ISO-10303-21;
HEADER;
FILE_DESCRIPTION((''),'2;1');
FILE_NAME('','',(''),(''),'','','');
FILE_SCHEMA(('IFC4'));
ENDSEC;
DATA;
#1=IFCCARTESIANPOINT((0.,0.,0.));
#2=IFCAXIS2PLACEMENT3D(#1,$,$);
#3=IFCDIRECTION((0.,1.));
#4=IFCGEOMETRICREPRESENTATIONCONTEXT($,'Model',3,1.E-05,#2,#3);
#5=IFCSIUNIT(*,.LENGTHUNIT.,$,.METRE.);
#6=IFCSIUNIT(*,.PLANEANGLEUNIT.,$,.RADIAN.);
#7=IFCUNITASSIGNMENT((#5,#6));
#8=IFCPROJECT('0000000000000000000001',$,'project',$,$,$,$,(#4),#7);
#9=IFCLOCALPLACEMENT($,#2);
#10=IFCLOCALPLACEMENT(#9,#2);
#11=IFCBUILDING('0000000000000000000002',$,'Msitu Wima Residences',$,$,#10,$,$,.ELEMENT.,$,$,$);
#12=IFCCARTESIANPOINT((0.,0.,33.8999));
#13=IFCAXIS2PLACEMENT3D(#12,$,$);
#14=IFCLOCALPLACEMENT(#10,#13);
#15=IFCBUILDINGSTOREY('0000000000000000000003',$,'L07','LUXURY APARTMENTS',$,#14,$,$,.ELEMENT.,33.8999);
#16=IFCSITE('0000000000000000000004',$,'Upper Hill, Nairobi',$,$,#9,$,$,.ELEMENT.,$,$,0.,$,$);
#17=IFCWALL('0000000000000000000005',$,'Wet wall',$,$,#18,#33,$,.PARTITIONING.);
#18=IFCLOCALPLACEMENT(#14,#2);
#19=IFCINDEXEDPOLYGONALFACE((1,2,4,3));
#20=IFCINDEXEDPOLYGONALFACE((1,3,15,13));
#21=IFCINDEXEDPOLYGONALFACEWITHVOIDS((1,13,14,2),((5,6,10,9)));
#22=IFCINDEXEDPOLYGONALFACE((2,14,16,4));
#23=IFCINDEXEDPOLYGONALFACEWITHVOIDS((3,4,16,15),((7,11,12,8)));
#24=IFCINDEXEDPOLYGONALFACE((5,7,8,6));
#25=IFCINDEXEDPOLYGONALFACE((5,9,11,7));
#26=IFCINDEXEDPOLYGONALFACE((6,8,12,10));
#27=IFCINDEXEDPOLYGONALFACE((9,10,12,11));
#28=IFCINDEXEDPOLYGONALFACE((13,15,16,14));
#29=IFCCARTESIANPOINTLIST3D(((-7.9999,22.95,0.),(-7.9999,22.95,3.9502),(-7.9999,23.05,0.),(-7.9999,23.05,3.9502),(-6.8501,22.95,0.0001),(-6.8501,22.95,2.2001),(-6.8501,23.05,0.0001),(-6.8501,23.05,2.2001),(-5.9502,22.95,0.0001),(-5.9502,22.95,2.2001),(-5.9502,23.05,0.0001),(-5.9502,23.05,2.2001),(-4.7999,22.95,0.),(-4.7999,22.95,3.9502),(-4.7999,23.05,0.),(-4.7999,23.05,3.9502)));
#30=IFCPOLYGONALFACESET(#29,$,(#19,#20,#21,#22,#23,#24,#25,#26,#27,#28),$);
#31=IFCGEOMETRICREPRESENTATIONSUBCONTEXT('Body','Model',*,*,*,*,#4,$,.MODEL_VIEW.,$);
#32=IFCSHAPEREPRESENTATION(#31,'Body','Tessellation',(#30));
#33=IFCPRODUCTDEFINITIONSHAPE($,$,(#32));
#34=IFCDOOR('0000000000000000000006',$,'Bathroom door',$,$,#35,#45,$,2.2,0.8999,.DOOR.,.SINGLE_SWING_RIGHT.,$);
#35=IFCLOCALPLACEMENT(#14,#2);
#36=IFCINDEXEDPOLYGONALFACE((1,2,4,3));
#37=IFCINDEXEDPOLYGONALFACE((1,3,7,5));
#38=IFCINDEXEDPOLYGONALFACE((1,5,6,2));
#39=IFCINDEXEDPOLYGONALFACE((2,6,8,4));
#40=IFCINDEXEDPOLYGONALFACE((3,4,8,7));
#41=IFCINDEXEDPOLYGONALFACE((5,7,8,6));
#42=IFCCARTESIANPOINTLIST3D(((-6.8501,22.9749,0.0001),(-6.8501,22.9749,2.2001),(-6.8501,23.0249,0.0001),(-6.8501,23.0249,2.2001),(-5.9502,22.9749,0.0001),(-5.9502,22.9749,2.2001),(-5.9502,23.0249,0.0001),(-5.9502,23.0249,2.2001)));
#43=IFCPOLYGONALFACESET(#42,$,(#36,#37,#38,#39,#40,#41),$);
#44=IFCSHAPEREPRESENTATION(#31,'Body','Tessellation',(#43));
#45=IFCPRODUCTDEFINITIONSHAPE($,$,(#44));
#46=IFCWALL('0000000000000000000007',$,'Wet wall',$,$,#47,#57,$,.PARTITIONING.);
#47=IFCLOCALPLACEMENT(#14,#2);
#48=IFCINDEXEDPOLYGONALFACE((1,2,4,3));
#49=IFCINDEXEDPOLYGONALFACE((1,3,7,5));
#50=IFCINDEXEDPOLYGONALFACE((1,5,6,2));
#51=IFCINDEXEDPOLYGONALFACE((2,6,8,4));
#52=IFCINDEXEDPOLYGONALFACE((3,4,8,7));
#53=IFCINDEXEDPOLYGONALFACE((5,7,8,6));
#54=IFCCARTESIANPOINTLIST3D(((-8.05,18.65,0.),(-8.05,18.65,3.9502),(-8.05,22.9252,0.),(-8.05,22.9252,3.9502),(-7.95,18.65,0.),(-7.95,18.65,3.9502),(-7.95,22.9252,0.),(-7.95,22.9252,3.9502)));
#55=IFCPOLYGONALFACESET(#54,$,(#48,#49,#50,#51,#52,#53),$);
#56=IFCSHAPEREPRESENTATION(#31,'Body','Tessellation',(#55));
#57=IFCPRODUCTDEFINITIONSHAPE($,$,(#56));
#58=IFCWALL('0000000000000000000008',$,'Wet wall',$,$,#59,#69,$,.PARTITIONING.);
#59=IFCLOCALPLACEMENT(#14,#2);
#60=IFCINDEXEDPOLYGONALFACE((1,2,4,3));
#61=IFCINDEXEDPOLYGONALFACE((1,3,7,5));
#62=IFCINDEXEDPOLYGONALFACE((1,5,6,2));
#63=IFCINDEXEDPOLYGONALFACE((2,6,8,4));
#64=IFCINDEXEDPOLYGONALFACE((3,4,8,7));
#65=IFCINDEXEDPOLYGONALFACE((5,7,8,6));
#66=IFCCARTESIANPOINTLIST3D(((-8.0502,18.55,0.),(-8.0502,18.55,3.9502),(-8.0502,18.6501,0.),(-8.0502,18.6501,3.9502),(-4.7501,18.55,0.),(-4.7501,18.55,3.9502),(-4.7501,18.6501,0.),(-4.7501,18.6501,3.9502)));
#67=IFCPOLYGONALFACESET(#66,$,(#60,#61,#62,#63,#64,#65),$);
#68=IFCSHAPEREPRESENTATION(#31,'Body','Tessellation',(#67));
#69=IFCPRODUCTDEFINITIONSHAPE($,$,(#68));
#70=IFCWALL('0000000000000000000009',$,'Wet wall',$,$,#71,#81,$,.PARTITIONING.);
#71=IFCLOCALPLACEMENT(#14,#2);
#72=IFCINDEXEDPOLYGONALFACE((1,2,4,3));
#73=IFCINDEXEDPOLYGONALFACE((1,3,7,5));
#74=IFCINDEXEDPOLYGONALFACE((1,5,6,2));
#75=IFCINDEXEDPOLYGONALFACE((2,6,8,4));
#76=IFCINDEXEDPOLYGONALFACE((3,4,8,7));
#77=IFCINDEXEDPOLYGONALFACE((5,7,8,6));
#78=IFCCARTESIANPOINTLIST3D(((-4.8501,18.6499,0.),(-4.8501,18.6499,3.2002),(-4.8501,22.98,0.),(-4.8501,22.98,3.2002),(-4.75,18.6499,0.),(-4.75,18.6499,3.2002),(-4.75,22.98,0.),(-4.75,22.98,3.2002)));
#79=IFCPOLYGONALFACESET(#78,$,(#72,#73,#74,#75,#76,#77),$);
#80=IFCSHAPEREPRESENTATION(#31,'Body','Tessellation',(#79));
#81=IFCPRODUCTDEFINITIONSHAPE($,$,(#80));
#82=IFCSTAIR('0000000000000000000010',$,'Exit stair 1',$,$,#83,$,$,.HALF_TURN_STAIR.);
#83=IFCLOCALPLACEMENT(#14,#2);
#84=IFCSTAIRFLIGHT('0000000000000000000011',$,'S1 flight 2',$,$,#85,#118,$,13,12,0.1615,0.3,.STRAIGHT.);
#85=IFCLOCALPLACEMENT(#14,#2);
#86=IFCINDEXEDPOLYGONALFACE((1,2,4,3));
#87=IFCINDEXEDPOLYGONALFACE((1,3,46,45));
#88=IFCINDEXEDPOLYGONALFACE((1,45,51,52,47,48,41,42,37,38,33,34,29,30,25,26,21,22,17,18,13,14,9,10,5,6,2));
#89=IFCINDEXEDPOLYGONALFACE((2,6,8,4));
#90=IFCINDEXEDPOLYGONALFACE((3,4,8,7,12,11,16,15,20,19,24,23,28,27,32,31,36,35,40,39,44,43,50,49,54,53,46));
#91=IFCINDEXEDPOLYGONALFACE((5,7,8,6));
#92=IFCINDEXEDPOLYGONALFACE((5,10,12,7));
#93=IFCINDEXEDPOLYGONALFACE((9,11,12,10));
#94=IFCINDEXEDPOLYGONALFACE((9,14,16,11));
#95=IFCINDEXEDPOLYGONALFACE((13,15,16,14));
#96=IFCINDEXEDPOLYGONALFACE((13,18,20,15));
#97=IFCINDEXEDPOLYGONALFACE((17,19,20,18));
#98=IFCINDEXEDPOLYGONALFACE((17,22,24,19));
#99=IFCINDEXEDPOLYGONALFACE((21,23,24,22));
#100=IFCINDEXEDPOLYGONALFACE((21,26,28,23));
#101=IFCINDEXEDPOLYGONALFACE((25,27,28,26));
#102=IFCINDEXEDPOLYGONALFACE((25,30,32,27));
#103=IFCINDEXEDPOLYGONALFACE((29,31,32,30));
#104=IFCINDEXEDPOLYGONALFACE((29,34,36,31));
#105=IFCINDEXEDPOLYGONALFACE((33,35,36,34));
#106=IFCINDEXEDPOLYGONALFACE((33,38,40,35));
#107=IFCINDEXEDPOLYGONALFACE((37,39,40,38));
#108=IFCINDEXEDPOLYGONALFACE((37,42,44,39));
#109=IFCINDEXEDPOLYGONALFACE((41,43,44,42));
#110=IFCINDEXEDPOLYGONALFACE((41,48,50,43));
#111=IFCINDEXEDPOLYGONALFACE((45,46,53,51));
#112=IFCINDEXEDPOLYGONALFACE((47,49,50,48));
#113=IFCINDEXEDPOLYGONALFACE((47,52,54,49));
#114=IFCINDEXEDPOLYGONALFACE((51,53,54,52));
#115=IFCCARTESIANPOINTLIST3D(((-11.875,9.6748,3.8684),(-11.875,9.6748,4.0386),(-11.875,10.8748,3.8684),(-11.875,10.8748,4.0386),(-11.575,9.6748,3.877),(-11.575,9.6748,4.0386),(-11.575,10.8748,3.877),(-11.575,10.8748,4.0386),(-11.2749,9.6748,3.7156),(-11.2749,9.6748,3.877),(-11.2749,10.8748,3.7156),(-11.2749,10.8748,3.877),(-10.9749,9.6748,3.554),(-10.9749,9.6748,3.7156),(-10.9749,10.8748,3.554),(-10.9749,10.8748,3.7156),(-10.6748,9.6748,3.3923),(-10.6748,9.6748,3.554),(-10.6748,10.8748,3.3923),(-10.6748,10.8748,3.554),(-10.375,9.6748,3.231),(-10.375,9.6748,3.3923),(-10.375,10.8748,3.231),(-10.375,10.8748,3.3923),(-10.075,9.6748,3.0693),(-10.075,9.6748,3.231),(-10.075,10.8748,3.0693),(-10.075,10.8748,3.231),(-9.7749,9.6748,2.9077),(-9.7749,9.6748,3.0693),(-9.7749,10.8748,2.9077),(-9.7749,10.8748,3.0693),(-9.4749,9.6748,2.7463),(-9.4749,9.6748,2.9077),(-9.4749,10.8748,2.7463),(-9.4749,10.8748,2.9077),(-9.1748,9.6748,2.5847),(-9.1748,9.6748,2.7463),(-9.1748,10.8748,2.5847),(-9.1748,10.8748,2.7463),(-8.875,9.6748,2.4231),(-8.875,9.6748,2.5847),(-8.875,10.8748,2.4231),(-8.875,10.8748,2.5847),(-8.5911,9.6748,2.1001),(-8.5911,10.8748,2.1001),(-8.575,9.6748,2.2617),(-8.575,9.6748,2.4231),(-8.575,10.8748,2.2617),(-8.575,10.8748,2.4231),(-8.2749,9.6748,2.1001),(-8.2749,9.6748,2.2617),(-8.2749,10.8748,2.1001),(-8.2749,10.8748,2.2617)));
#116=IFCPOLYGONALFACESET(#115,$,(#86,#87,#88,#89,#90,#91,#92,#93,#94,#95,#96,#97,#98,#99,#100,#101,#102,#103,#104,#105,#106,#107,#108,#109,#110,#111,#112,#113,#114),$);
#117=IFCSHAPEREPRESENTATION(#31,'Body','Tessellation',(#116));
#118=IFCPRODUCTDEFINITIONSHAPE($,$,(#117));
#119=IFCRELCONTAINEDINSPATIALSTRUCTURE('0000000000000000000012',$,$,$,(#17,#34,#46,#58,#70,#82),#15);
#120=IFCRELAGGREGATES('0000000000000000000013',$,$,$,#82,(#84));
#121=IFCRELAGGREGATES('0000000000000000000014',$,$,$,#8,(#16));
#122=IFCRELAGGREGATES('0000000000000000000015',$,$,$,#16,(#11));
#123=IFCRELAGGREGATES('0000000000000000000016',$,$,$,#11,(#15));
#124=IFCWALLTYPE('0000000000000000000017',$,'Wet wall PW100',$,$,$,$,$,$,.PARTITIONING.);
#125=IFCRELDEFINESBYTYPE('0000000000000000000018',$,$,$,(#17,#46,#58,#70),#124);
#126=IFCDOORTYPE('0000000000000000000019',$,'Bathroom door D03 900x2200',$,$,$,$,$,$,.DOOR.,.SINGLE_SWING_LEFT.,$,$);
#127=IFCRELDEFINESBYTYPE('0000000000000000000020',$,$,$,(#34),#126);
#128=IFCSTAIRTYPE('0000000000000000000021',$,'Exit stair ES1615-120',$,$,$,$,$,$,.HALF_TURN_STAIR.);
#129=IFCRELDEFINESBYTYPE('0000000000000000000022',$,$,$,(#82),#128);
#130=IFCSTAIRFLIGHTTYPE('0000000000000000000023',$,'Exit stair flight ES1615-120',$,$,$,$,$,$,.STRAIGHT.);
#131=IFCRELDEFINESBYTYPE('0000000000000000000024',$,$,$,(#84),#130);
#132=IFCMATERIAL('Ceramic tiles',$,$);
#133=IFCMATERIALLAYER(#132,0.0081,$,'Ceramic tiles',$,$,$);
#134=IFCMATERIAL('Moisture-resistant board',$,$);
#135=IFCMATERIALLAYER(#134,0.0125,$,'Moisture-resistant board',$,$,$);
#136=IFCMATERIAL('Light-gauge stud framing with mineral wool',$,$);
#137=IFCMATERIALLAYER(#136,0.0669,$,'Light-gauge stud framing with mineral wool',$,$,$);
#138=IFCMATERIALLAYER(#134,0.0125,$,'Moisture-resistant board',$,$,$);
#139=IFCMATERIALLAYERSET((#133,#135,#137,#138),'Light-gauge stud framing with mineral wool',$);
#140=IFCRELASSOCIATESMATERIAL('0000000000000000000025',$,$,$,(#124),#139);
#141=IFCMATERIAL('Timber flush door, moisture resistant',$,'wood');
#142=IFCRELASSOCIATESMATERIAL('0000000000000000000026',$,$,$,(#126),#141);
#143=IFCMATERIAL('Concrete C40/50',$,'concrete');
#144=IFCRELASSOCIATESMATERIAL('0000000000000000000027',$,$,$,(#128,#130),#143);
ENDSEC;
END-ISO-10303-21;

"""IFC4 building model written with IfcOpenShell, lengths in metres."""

from ifc_helpers import new_model, si_unit, direction, frame, frame_2d, origin, place, context, subcontext, project, spatial, polyline, rectangle, outline, extrude, material, layer, layer_set, type_object, element, fill, aggregate, save


model = new_model("IFC4")

# Units and contexts
model_context = context("Model", 3, precision=1e-05, world=origin(), true_north=direction((0.0, 1.0)))
body_context = subcontext(model_context, "Body", "Model", "MODEL_VIEW")
ifc_project = project(units=[si_unit("LENGTHUNIT", "METRE"), si_unit("PLANEANGLEUNIT", "RADIAN")], contexts=[model_context])

# Site, building, storey
site_placement = place(None, origin())
site = spatial("IfcSite", under=ifc_project, at=site_placement, Name="Upper Hill, Nairobi", CompositionType="ELEMENT", RefElevation=0.0)
building_placement = place(site_placement, origin())
building = spatial("IfcBuilding", under=site, at=building_placement, Name="Msitu Wima Residences", CompositionType="ELEMENT")
storey_placement = place(building_placement, frame((0.0, 0.0, 33.8999)))
storey = spatial("IfcBuildingStorey", under=building, at=storey_placement, Name="L07", Description="LUXURY APARTMENTS", CompositionType="ELEMENT", Elevation=33.8999)

# Shared definitions
ifc_material_1 = material(Name="Concrete C40/50", Category="concrete")

# Shared definitions
ifc_material_2 = material(Name="Ceramic tiles")
ifc_layer_1 = layer(ifc_material_2, 0.0081, Name="Ceramic tiles")
ifc_material_3 = material(Name="Moisture-resistant board")
ifc_layer_2 = layer(ifc_material_3, 0.0125, Name="Moisture-resistant board")
ifc_material_4 = material(Name="Light-gauge stud framing with mineral wool")
ifc_layer_3 = layer(ifc_material_4, 0.0669, Name="Light-gauge stud framing with mineral wool")
ifc_layer_4 = layer(ifc_material_3, 0.0125, Name="Moisture-resistant board")
ifc_layer_set_1 = layer_set([ifc_layer_1, ifc_layer_2, ifc_layer_3, ifc_layer_4], Name="Light-gauge stud framing with mineral wool")
wall_type_1 = type_object("IfcWallType", Name="Wet wall PW100", PredefinedType="PARTITIONING", material=ifc_layer_set_1)

# Wall, opening, door
wall_1_placement = place(storey_placement, frame((-8.0, 23.0, 0.0), z_axis=(0.0, 0.0, 1.0), x_axis=(1.0, 0.0, 0.0)))
wall_1 = element("IfcWall", 1, at=wall_1_placement, inside=storey, type_object=wall_type_1, Name="Wet wall", PredefinedType="PARTITIONING", context=body_context, shape_type="SweptSolid", body=[
    extrude(rectangle(XDim=3.2, YDim=0.1001, at=frame_2d((1.6001, 0.0))), origin(), (0.0, 0.0, 1.0), 3.9502),
])
opening_1_placement = place(wall_1_placement, frame((1.1499, 0.0, 0.0)))
opening_1 = element("IfcOpeningElement", 2, at=opening_1_placement, cuts=wall_1, PredefinedType="OPENING", context=body_context, shape_type="SweptSolid", body=[
    extrude(rectangle(XDim=0.8999, YDim=2.2, at=frame_2d((0.45, 1.1001))), frame((0.0, 0.0601, 0.0), z_axis=(0.0, -1.0, 0.0), x_axis=(1.0, 0.0, 0.0)), (0.0, 0.0, 1.0), 0.1201),
])
ifc_material_5 = material(Name="Timber flush door, moisture resistant", Category="wood")
door_type_1 = type_object("IfcDoorType", Name="Bathroom door D03 900x2200", OperationType="SINGLE_SWING_LEFT", PredefinedType="DOOR", material=ifc_material_5)
door_1_placement = place(opening_1_placement, origin())
door_1 = element("IfcDoor", 3, at=door_1_placement, inside=storey, type_object=door_type_1, Name="Bathroom door", OperationType="SINGLE_SWING_RIGHT", OverallHeight=2.2, OverallWidth=0.8999, PredefinedType="DOOR", context=body_context, shape_type="SweptSolid", body=[
    extrude(rectangle(XDim=0.8999, YDim=2.2, at=frame_2d((0.45, 1.1001))), frame((0.0, 0.0249, 0.0), z_axis=(0.0, -1.0, 0.0), x_axis=(1.0, 0.0, 0.0)), (0.0, 0.0, 1.0), 0.05),
])
fill(opening_1, door_1)

# Walls
wall_2_placement = place(storey_placement, frame((-8.0, 18.6499, 0.0), z_axis=(0.0, 0.0, 1.0), x_axis=(0.0, 1.0, 0.0)))
element("IfcWall", 4, at=wall_2_placement, inside=storey, type_object=wall_type_1, Name="Wet wall", PredefinedType="PARTITIONING", context=body_context, shape_type="SweptSolid", body=[
    extrude(rectangle(XDim=4.2751, YDim=0.1001, at=frame_2d((2.1377, 0.0))), origin(), (0.0, 0.0, 1.0), 3.9502),
])
wall_3_placement = place(storey_placement, frame((-8.05, 18.6001, 0.0), z_axis=(0.0, 0.0, 1.0), x_axis=(1.0, 0.0, 0.0)))
element("IfcWall", 5, at=wall_3_placement, inside=storey, type_object=wall_type_1, Name="Wet wall", PredefinedType="PARTITIONING", context=body_context, shape_type="SweptSolid", body=[
    extrude(rectangle(XDim=3.3, YDim=0.1001, at=frame_2d((1.6499, 0.0))), origin(), (0.0, 0.0, 1.0), 3.9502),
])
wall_4_placement = place(storey_placement, frame((-4.8, 18.6499, 0.0), z_axis=(0.0, 0.0, 1.0), x_axis=(0.0, 1.0, 0.0)))
element("IfcWall", 6, at=wall_4_placement, inside=storey, type_object=wall_type_1, Name="Wet wall", PredefinedType="PARTITIONING", context=body_context, shape_type="SweptSolid", body=[
    extrude(rectangle(XDim=4.3301, YDim=0.1001, at=frame_2d((2.165, 0.0))), origin(), (0.0, 0.0, 1.0), 3.2002),
])

# Stair, stair flight
stair_type = type_object("IfcStairType", Name="Exit stair ES1615-120", PredefinedType="HALF_TURN_STAIR", material=ifc_material_1)
stair_placement = place(storey_placement, origin())
stair = element("IfcStair", 7, at=stair_placement, inside=storey, type_object=stair_type, Name="Exit stair 1", PredefinedType="HALF_TURN_STAIR")
stair_flight_type = type_object("IfcStairFlightType", Name="Exit stair flight ES1615-120", PredefinedType="STRAIGHT", material=ifc_material_1)
stair_flight_placement = place(storey_placement, frame((-8.2749, 10.2749, 2.1001), z_axis=(0.0, 0.0, 1.0), x_axis=(-1.0, 0.0, 0.0)))
stair_flight = element("IfcStairFlight", 8, at=stair_flight_placement, type_object=stair_flight_type, Name="S1 flight 2", NumberOfRisers=13, NumberOfTreads=12, PredefinedType="STRAIGHT", RiserHeight=0.1615, TreadLength=0.3, context=body_context, shape_type="SweptSolid", body=[
    extrude(outline(polyline([(0.0, 0.0), (0.0, 0.1616), (0.3, 0.1616), (0.3, 0.323), (0.6001, 0.323), (0.6001, 0.4846), (0.8999, 0.4846), (0.8999, 0.6462), (1.2, 0.6462), (1.2, 0.8076), (1.5, 0.8076), (1.5, 0.9692), (1.8, 0.9692), (1.8, 1.1309), (2.1001, 1.1309), (2.1001, 1.2922), (2.3999, 1.2922), (2.3999, 1.4539), (2.7, 1.4539), (2.7, 1.6155), (3.0, 1.6155), (3.0, 1.7769), (3.3, 1.7769), (3.3, 1.9385), (3.6001, 1.9385), (3.6001, 2.1001), (3.6001, 1.7683), (0.3162, 0.0), (0.0, 0.0)])), frame((0.0, 0.6001, 0.0), z_axis=(0.0, -1.0, 0.0), x_axis=(1.0, 0.0, 0.0)), (0.0, 0.0, 1.0), 1.2),
])
aggregate(stair, [stair_flight])

save(model, "model.ifc")
